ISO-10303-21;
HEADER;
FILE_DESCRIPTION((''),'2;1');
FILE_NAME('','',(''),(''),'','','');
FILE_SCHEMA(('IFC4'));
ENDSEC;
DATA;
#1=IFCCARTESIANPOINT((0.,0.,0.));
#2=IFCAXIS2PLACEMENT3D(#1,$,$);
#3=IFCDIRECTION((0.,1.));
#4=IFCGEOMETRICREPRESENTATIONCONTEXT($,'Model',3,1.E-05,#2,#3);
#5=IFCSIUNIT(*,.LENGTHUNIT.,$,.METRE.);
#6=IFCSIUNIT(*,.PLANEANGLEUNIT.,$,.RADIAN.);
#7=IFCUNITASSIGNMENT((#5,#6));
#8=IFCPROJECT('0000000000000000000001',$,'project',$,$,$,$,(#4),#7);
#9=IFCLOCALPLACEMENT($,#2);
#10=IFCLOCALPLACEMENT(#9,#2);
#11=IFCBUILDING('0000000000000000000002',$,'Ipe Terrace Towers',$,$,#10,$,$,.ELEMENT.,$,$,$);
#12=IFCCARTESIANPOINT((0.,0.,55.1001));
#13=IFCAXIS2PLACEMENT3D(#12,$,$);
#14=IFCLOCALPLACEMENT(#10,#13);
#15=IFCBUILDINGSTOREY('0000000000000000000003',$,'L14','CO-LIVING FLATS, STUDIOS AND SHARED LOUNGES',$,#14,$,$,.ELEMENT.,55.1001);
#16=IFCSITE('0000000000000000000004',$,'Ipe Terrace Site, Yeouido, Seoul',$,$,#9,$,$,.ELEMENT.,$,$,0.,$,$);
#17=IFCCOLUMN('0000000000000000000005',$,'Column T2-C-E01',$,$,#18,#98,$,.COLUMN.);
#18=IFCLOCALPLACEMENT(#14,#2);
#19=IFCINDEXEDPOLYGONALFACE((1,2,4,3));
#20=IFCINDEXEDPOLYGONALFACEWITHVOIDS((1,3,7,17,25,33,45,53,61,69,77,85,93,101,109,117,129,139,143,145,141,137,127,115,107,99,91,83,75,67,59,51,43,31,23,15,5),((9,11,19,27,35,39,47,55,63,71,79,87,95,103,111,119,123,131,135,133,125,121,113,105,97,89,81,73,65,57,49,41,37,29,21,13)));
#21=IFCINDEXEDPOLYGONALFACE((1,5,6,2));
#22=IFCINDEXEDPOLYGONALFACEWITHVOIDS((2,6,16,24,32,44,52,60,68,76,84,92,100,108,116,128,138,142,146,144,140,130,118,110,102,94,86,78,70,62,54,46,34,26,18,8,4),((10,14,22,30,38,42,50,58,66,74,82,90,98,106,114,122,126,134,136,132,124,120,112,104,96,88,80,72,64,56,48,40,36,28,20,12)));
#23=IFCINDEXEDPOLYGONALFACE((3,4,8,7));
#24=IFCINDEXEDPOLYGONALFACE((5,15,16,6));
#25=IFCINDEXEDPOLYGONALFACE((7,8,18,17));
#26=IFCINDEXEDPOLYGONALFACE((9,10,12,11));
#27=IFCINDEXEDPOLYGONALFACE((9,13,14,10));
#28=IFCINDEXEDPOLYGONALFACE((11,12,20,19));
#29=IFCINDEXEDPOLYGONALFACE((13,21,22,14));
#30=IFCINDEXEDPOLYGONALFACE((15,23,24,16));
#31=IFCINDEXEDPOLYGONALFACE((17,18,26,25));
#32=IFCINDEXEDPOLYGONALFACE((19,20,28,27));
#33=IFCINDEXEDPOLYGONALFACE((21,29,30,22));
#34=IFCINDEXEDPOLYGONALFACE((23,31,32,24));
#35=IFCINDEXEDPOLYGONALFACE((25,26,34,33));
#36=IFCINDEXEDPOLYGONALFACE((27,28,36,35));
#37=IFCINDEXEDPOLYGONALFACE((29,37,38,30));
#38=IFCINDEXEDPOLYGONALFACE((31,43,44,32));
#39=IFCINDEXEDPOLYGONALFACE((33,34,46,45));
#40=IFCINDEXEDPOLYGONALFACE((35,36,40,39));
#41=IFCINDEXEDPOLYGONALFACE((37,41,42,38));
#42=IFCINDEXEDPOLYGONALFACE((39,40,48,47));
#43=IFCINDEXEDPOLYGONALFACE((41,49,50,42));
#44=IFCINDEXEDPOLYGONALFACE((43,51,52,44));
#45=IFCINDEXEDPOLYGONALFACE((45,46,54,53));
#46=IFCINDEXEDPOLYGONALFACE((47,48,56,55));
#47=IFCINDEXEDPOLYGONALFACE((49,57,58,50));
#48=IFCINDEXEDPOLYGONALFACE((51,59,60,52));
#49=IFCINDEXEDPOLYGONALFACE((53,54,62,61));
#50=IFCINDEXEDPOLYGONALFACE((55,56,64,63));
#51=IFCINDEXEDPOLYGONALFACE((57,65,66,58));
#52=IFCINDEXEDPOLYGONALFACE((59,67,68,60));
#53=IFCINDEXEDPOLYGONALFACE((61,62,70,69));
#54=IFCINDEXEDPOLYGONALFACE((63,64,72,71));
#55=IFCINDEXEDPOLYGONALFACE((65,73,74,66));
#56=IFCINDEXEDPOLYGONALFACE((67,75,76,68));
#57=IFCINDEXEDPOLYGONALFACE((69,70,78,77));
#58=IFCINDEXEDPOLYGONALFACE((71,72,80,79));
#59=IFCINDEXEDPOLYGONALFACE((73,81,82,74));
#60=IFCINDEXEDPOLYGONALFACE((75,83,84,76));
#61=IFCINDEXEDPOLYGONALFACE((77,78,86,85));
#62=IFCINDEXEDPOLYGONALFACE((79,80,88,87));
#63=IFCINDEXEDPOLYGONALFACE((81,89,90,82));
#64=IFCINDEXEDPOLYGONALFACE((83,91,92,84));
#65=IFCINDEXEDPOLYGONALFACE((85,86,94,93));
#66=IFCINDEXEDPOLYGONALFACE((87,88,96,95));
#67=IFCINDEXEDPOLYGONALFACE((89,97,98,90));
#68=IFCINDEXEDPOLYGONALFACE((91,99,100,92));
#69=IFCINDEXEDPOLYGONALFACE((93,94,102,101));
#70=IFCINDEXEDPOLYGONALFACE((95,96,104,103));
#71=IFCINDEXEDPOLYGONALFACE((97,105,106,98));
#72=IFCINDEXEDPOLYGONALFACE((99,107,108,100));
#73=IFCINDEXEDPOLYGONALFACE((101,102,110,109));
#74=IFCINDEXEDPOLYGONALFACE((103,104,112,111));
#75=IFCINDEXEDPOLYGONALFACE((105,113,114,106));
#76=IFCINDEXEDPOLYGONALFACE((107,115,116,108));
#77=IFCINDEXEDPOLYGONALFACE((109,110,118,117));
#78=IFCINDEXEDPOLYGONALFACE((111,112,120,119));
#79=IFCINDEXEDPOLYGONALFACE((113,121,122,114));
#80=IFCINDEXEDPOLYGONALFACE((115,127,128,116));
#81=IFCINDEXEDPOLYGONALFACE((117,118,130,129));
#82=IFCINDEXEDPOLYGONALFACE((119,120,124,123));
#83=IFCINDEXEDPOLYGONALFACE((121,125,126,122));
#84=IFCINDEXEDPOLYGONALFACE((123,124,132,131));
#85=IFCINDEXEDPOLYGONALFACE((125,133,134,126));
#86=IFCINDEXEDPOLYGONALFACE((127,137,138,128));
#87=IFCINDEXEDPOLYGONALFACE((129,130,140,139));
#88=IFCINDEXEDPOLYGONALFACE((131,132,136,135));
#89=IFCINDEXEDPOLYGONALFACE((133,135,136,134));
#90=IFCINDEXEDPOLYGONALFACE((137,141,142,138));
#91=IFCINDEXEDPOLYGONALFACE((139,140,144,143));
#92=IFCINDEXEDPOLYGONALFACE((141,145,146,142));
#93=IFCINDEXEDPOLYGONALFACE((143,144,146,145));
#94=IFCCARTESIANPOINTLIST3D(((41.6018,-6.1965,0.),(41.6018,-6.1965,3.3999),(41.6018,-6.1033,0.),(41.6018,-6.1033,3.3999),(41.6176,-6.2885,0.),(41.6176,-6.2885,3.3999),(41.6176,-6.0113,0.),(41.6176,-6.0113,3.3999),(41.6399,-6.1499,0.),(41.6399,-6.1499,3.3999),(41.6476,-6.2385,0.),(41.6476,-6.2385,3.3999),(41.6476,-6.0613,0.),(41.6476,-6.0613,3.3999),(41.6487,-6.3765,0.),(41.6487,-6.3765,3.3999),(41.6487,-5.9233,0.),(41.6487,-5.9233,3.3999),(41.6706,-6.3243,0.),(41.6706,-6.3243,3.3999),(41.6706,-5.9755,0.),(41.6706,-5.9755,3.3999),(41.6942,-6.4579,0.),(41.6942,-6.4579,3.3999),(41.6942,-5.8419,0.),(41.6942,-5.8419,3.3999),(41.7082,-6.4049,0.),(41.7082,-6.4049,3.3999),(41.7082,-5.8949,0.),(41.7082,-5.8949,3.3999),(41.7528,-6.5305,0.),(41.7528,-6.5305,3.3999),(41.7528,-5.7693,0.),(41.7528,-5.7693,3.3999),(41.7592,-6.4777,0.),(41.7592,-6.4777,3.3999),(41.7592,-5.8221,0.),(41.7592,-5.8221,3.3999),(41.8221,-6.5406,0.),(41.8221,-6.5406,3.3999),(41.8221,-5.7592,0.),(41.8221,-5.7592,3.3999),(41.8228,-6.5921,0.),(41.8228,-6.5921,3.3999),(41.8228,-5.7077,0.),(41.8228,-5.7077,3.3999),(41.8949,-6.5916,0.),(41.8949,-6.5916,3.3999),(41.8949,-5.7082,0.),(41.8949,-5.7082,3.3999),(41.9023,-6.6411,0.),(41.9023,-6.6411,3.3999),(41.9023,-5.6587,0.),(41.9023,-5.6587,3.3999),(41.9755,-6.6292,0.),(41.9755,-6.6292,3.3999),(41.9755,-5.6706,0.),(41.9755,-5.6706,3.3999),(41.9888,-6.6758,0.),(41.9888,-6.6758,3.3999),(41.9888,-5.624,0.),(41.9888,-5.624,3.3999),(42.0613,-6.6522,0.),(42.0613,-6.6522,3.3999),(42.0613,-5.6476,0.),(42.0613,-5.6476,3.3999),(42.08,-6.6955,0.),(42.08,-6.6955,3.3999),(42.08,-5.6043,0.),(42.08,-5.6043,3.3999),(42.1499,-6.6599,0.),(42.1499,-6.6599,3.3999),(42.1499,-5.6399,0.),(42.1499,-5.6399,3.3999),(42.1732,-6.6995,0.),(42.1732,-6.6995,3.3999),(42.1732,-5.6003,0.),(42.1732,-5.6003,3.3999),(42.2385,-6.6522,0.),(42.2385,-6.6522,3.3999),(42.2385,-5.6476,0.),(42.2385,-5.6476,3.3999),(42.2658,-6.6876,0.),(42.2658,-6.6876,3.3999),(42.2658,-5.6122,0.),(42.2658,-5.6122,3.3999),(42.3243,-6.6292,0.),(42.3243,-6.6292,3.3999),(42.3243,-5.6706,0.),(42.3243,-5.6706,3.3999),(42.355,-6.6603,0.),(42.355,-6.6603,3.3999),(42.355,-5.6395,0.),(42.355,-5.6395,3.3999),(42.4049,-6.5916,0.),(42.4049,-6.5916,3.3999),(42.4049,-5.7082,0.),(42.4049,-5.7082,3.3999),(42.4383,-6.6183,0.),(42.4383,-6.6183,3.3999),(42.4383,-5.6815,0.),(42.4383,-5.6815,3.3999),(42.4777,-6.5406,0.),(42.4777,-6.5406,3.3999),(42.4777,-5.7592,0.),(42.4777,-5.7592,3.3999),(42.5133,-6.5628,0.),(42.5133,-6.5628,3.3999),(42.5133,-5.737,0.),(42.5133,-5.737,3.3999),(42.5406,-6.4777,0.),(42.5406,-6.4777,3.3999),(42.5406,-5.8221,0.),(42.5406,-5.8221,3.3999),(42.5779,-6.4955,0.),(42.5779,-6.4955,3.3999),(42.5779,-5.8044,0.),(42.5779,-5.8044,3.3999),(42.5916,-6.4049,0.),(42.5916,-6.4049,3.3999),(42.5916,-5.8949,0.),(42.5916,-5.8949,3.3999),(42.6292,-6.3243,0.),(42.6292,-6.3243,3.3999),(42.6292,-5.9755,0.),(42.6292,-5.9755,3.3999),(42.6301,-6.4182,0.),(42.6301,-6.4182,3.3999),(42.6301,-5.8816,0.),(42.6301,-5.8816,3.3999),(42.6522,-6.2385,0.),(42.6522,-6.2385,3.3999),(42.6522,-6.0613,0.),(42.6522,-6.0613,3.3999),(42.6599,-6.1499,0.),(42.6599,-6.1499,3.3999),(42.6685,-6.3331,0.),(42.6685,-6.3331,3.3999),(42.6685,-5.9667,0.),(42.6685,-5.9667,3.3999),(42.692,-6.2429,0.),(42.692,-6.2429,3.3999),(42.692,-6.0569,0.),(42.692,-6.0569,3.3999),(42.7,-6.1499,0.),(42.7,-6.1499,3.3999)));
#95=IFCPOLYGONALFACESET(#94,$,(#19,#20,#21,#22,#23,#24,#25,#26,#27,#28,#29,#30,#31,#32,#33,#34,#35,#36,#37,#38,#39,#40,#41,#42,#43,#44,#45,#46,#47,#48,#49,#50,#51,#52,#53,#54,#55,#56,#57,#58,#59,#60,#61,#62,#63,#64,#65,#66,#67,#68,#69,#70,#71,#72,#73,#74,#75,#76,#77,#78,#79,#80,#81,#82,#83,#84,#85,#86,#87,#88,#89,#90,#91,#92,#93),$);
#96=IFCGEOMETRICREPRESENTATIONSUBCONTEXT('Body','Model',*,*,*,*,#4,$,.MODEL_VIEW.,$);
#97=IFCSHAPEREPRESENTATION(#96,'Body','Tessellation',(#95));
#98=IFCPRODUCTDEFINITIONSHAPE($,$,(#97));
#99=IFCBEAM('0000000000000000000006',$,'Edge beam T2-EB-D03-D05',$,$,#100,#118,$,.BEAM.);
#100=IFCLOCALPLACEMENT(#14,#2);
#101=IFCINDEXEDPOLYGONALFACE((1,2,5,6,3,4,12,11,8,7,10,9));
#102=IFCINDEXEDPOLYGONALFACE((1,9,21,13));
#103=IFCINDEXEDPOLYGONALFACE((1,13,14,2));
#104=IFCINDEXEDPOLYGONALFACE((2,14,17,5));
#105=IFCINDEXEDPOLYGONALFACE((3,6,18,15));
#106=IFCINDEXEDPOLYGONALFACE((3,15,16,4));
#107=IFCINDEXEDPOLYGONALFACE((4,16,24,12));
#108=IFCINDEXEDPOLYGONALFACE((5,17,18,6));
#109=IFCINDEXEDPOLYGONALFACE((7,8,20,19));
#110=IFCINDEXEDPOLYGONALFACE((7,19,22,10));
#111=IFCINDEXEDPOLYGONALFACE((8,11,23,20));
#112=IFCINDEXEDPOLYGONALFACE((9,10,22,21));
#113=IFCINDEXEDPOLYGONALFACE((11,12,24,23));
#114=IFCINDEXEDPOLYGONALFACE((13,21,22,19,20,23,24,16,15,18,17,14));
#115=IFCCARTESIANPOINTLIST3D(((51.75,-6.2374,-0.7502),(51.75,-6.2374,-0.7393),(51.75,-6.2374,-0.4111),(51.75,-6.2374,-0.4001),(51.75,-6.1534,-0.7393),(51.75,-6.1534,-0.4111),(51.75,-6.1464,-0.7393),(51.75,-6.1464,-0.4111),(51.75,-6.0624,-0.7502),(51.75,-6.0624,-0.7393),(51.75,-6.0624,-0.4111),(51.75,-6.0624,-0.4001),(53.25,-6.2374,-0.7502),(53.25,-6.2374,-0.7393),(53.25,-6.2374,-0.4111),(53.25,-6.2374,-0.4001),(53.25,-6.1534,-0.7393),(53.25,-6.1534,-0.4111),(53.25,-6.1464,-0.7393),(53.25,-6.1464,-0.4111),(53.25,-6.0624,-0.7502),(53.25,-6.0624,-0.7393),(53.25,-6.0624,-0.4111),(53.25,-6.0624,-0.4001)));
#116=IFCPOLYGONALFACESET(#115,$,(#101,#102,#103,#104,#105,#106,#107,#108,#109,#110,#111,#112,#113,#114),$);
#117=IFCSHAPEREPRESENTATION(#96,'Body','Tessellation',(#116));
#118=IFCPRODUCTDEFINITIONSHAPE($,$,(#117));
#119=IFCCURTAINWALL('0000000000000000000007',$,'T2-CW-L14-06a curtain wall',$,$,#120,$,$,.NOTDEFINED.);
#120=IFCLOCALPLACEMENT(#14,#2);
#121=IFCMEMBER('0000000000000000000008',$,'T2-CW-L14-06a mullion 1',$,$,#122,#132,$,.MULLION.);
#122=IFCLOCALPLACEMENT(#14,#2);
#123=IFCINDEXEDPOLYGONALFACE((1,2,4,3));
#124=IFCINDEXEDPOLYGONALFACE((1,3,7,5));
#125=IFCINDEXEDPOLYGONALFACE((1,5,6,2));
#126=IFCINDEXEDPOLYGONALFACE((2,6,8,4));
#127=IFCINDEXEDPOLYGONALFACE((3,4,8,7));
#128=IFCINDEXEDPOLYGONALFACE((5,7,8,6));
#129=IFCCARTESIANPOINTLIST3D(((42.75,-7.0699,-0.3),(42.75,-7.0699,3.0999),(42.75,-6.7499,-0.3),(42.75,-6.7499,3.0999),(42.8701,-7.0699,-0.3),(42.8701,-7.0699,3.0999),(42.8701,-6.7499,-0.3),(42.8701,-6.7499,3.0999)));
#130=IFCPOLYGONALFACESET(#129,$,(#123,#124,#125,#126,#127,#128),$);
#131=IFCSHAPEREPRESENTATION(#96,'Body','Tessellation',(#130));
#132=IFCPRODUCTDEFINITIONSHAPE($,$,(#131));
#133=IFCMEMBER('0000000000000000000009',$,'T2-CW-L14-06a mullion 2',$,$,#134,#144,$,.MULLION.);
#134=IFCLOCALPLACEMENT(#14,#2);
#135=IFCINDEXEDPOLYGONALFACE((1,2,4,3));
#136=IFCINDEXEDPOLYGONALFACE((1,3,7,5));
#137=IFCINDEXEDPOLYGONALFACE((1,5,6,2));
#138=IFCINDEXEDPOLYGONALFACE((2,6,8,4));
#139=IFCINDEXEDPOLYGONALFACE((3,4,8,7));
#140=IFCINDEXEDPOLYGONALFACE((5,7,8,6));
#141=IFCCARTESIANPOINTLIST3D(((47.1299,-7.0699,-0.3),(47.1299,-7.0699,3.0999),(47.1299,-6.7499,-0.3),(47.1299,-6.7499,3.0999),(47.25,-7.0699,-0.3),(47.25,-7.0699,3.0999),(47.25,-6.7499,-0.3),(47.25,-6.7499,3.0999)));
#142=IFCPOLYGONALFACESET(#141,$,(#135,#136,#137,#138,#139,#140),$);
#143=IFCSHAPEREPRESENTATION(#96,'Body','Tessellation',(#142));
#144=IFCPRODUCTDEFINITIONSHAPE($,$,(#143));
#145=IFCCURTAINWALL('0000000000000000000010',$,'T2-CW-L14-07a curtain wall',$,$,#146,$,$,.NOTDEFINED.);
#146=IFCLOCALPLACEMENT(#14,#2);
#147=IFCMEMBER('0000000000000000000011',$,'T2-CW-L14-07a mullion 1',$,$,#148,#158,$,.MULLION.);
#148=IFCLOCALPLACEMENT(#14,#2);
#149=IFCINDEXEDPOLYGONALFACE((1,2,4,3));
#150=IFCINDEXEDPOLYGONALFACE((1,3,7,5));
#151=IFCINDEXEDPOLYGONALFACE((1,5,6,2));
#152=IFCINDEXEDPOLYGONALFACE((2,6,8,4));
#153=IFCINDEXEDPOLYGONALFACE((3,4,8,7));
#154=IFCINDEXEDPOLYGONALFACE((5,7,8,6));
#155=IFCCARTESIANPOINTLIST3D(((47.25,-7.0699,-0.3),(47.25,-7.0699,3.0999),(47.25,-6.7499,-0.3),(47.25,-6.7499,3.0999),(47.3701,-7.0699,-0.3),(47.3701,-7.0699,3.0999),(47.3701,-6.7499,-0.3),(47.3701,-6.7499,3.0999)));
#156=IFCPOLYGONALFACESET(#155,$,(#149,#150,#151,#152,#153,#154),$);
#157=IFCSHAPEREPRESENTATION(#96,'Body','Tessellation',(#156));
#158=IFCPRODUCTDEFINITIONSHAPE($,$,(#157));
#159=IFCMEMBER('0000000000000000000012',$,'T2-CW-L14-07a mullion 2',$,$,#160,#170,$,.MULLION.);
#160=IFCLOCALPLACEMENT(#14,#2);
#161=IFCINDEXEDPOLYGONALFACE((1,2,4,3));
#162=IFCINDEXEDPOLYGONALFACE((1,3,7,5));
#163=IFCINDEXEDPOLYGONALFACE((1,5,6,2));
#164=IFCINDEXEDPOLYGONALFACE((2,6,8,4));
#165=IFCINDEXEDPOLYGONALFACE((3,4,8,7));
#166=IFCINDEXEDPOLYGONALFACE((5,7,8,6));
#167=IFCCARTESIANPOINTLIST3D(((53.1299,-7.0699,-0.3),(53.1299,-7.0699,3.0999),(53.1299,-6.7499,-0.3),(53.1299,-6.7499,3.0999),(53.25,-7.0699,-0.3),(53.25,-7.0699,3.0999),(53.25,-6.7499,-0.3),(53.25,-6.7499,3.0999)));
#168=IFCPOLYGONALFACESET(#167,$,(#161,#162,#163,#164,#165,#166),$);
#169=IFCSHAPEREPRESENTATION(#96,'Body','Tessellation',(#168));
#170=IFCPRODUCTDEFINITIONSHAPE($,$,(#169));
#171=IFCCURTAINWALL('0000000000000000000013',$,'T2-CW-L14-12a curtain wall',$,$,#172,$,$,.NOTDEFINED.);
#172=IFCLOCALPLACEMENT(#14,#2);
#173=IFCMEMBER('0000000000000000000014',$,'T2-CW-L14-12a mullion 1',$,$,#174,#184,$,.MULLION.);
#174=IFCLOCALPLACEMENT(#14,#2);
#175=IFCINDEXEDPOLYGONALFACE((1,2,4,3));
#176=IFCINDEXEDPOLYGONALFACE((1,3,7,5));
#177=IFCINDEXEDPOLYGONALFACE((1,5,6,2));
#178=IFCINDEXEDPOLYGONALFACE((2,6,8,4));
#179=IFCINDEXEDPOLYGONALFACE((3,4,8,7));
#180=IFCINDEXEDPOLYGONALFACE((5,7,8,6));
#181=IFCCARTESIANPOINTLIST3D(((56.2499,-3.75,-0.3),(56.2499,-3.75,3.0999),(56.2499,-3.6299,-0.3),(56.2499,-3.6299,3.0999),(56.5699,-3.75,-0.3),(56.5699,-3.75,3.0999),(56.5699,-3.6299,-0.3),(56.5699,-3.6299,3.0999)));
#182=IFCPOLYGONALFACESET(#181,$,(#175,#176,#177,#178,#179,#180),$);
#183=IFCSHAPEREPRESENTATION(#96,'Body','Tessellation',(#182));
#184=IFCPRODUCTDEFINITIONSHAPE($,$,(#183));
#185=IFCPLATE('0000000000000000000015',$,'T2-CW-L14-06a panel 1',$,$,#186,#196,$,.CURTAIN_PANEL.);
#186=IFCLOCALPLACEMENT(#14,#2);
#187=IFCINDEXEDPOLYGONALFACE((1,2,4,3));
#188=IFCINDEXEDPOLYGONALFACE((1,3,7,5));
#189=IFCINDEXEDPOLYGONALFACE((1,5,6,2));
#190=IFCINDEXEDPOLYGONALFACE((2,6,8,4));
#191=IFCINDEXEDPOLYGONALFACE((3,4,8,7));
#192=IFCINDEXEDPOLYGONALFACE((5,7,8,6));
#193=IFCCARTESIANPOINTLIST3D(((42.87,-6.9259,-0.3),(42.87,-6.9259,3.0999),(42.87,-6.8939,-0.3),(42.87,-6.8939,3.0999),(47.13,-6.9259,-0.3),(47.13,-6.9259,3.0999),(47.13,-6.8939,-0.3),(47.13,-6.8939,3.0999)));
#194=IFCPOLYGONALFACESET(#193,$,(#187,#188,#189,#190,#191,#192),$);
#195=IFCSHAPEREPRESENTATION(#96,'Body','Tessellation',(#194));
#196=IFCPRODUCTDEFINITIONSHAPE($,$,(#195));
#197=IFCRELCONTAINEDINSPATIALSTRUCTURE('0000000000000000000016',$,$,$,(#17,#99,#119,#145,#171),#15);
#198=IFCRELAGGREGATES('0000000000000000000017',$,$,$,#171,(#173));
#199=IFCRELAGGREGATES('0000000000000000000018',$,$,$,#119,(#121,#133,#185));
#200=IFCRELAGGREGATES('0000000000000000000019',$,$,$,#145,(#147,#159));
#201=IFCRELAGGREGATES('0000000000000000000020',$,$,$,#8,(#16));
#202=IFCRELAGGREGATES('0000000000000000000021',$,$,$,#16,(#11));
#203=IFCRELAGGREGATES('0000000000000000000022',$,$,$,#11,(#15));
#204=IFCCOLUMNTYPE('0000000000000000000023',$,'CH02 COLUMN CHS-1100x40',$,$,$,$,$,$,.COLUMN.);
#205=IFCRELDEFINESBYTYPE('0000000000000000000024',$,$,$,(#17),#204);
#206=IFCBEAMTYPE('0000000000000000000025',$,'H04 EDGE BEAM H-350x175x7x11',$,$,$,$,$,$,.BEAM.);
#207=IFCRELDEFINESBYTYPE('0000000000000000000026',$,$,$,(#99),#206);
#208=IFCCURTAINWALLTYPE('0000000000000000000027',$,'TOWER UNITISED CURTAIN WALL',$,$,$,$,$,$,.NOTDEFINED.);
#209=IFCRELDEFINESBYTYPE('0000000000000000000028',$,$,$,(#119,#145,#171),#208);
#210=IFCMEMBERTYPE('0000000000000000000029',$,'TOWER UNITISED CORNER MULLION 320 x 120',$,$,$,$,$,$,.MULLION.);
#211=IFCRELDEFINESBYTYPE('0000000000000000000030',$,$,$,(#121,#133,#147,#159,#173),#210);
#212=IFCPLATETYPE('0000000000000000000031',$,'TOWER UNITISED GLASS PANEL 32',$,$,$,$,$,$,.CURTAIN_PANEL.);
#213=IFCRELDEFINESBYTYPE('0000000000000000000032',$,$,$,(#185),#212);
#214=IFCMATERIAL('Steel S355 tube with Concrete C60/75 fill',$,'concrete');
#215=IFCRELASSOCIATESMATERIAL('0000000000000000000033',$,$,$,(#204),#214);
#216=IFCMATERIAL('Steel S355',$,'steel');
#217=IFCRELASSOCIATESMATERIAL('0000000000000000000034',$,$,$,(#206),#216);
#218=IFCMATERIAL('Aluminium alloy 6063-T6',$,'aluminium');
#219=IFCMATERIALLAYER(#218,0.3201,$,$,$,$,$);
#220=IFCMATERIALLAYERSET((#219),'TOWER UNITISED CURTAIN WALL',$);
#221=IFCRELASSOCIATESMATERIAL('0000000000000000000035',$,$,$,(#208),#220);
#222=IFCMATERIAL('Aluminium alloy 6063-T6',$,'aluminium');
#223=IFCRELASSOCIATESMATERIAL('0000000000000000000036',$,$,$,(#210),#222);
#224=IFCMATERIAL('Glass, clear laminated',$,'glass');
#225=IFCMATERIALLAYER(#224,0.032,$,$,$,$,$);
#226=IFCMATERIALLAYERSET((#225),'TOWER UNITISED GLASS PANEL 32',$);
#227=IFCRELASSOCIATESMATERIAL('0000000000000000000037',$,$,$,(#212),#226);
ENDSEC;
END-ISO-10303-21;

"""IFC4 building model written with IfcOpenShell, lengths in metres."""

from ifc_helpers import new_model, si_unit, direction, frame, origin, origin_2d, place, context, subcontext, project, spatial, rectangle, hollow_circle, i_section, extrude, material, layer, layer_set, material_profile, profile_set, type_object, element, aggregate, save


model = new_model("IFC4")

# Units and contexts
model_context = context("Model", 3, precision=1e-05, world=origin(), true_north=direction((0.0, 1.0)))
body_context = subcontext(model_context, "Body", "Model", "MODEL_VIEW")
ifc_project = project(units=[si_unit("LENGTHUNIT", "METRE"), si_unit("PLANEANGLEUNIT", "RADIAN")], contexts=[model_context])

# Site, building, storey
site_placement = place(None, origin())
site = spatial("IfcSite", under=ifc_project, at=site_placement, Name="Ipe Terrace Site, Yeouido, Seoul", CompositionType="ELEMENT", RefElevation=0.0)
building_placement = place(site_placement, origin())
building = spatial("IfcBuilding", under=site, at=building_placement, Name="Ipe Terrace Towers", CompositionType="ELEMENT")
storey_placement = place(building_placement, frame((0.0, 0.0, 55.1001)))
storey = spatial("IfcBuildingStorey", under=building, at=storey_placement, Name="L14", Description="CO-LIVING FLATS, STUDIOS AND SHARED LOUNGES", CompositionType="ELEMENT", Elevation=55.1001)

# Column
ifc_material_1 = material(Name="Steel S355 tube with Concrete C60/75 fill", Category="concrete")
ifc_material_profile_1 = material_profile(ifc_material_1, hollow_circle(Radius=0.55, WallThickness=0.04, at=origin_2d()), Name="CHS-1100x40")
ifc_profile_set_1 = profile_set([ifc_material_profile_1], Name="Steel S355 tube with Concrete C60/75 fill")
column_type_1 = type_object("IfcColumnType", Name="CH02 COLUMN CHS-1100x40", PredefinedType="COLUMN", material=ifc_profile_set_1)
column_placement = place(storey_placement, frame((42.1499, -6.1499, 0.0), z_axis=(0.0, 0.0, 1.0), x_axis=(1.0, 0.0, 0.0)))
element("IfcColumn", 1, at=column_placement, inside=storey, type_object=column_type_1, Name="Column T2-C-E01", PredefinedType="COLUMN", context=body_context, shape_type="SweptSolid", body=[
    extrude(hollow_circle(Radius=0.55, WallThickness=0.04, at=origin_2d()), origin(), (0.0, 0.0, 1.0), 3.3999),
])

# Beam
ifc_material_2 = material(Name="Steel S355", Category="steel")
ifc_material_profile_2 = material_profile(ifc_material_2, i_section(OverallWidth=0.175, OverallDepth=0.3501, WebThickness=0.0071, FlangeThickness=0.011, at=origin_2d()), Name="H-350x175x7x11")
ifc_profile_set_2 = profile_set([ifc_material_profile_2], Name="Steel S355")
beam_type = type_object("IfcBeamType", Name="H04 EDGE BEAM H-350x175x7x11", PredefinedType="BEAM", material=ifc_profile_set_2)
beam_placement = place(storey_placement, frame((51.75, -6.1499, -0.5752), z_axis=(1.0, 0.0, 0.0), x_axis=(0.0, 1.0, 0.0)))
element("IfcBeam", 2, at=beam_placement, inside=storey, type_object=beam_type, Name="Edge beam T2-EB-D03-D05", PredefinedType="BEAM", context=body_context, shape_type="SweptSolid", body=[
    extrude(i_section(OverallWidth=0.175, OverallDepth=0.3501, WebThickness=0.0071, FlangeThickness=0.011, at=origin_2d()), origin(), (0.0, 0.0, 1.0), 1.5),
])

# Curtain walls, members
ifc_material_3 = material(Name="Aluminium alloy 6063-T6", Category="aluminium")
ifc_layer_1 = layer(ifc_material_3, 0.3201)
ifc_layer_set_1 = layer_set([ifc_layer_1], Name="TOWER UNITISED CURTAIN WALL")
curtain_wall_type = type_object("IfcCurtainWallType", Name="TOWER UNITISED CURTAIN WALL", PredefinedType="NOTDEFINED", material=ifc_layer_set_1)
curtain_wall_1_placement = place(storey_placement, origin())
curtain_wall_1 = element("IfcCurtainWall", 3, at=curtain_wall_1_placement, inside=storey, type_object=curtain_wall_type, Name="T2-CW-L14-06a curtain wall", PredefinedType="NOTDEFINED")
ifc_material_4 = material(Name="Aluminium alloy 6063-T6", Category="aluminium")
ifc_material_profile_3 = material_profile(ifc_material_4, rectangle(XDim=0.3201, YDim=0.1201, at=origin_2d()), Name="TOWER UNITISED CORNER MULLION 320 x 120")
ifc_profile_set_3 = profile_set([ifc_material_profile_3], Name="Aluminium alloy 6063-T6")
member_type = type_object("IfcMemberType", Name="TOWER UNITISED CORNER MULLION 320 x 120", PredefinedType="MULLION", material=ifc_profile_set_3)
member_1_placement = place(storey_placement, frame((42.8101, -6.9099, -0.3), z_axis=(0.0, 0.0, 1.0), x_axis=(0.0, -1.0, 0.0)))
member_1 = element("IfcMember", 4, at=member_1_placement, type_object=member_type, Name="T2-CW-L14-06a mullion 1", PredefinedType="MULLION", context=body_context, shape_type="SweptSolid", body=[
    extrude(rectangle(XDim=0.3201, YDim=0.1201, at=origin_2d()), origin(), (0.0, 0.0, 1.0), 3.3999),
])
member_2_placement = place(storey_placement, frame((47.1899, -6.9099, -0.3), z_axis=(0.0, 0.0, 1.0), x_axis=(0.0, -1.0, 0.0)))
member_2 = element("IfcMember", 5, at=member_2_placement, type_object=member_type, Name="T2-CW-L14-06a mullion 2", PredefinedType="MULLION", context=body_context, shape_type="SweptSolid", body=[
    extrude(rectangle(XDim=0.3201, YDim=0.1201, at=origin_2d()), origin(), (0.0, 0.0, 1.0), 3.3999),
])
curtain_wall_2_placement = place(storey_placement, origin())
curtain_wall_2 = element("IfcCurtainWall", 6, at=curtain_wall_2_placement, inside=storey, type_object=curtain_wall_type, Name="T2-CW-L14-07a curtain wall", PredefinedType="NOTDEFINED")
member_3_placement = place(storey_placement, frame((47.3101, -6.9099, -0.3), z_axis=(0.0, 0.0, 1.0), x_axis=(0.0, -1.0, 0.0)))
member_3 = element("IfcMember", 7, at=member_3_placement, type_object=member_type, Name="T2-CW-L14-07a mullion 1", PredefinedType="MULLION", context=body_context, shape_type="SweptSolid", body=[
    extrude(rectangle(XDim=0.3201, YDim=0.1201, at=origin_2d()), origin(), (0.0, 0.0, 1.0), 3.3999),
])
member_4_placement = place(storey_placement, frame((53.1899, -6.9099, -0.3), z_axis=(0.0, 0.0, 1.0), x_axis=(0.0, -1.0, 0.0)))
member_4 = element("IfcMember", 8, at=member_4_placement, type_object=member_type, Name="T2-CW-L14-07a mullion 2", PredefinedType="MULLION", context=body_context, shape_type="SweptSolid", body=[
    extrude(rectangle(XDim=0.3201, YDim=0.1201, at=origin_2d()), origin(), (0.0, 0.0, 1.0), 3.3999),
])

# Curtain wall, member
curtain_wall_3_placement = place(storey_placement, origin())
curtain_wall_3 = element("IfcCurtainWall", 9, at=curtain_wall_3_placement, inside=storey, type_object=curtain_wall_type, Name="T2-CW-L14-12a curtain wall", PredefinedType="NOTDEFINED")
member_5_placement = place(storey_placement, frame((56.4099, -3.6899, -0.3), z_axis=(0.0, 0.0, 1.0), x_axis=(1.0, 0.0, 0.0)))
member_5 = element("IfcMember", 10, at=member_5_placement, type_object=member_type, Name="T2-CW-L14-12a mullion 1", PredefinedType="MULLION", context=body_context, shape_type="SweptSolid", body=[
    extrude(rectangle(XDim=0.3201, YDim=0.1201, at=origin_2d()), origin(), (0.0, 0.0, 1.0), 3.3999),
])
aggregate(curtain_wall_3, [member_5])

# Plate
ifc_material_5 = material(Name="Glass, clear laminated", Category="glass")
ifc_layer_2 = layer(ifc_material_5, 0.032)
ifc_layer_set_2 = layer_set([ifc_layer_2], Name="TOWER UNITISED GLASS PANEL 32")
plate_type = type_object("IfcPlateType", Name="TOWER UNITISED GLASS PANEL 32", PredefinedType="CURTAIN_PANEL", material=ifc_layer_set_2)
plate_1_placement = place(storey_placement, frame((45.0, -6.9099, -0.3), z_axis=(0.0, 0.0, 1.0), x_axis=(1.0, 0.0, 0.0)))
plate_1 = element("IfcPlate", 11, at=plate_1_placement, type_object=plate_type, Name="T2-CW-L14-06a panel 1", PredefinedType="CURTAIN_PANEL", context=body_context, shape_type="SweptSolid", body=[
    extrude(rectangle(XDim=4.26, YDim=0.032, at=origin_2d()), origin(), (0.0, 0.0, 1.0), 3.3999),
])
aggregate(curtain_wall_1, [member_1, member_2, plate_1])
aggregate(curtain_wall_2, [member_3, member_4])

save(model, "model.ifc")
